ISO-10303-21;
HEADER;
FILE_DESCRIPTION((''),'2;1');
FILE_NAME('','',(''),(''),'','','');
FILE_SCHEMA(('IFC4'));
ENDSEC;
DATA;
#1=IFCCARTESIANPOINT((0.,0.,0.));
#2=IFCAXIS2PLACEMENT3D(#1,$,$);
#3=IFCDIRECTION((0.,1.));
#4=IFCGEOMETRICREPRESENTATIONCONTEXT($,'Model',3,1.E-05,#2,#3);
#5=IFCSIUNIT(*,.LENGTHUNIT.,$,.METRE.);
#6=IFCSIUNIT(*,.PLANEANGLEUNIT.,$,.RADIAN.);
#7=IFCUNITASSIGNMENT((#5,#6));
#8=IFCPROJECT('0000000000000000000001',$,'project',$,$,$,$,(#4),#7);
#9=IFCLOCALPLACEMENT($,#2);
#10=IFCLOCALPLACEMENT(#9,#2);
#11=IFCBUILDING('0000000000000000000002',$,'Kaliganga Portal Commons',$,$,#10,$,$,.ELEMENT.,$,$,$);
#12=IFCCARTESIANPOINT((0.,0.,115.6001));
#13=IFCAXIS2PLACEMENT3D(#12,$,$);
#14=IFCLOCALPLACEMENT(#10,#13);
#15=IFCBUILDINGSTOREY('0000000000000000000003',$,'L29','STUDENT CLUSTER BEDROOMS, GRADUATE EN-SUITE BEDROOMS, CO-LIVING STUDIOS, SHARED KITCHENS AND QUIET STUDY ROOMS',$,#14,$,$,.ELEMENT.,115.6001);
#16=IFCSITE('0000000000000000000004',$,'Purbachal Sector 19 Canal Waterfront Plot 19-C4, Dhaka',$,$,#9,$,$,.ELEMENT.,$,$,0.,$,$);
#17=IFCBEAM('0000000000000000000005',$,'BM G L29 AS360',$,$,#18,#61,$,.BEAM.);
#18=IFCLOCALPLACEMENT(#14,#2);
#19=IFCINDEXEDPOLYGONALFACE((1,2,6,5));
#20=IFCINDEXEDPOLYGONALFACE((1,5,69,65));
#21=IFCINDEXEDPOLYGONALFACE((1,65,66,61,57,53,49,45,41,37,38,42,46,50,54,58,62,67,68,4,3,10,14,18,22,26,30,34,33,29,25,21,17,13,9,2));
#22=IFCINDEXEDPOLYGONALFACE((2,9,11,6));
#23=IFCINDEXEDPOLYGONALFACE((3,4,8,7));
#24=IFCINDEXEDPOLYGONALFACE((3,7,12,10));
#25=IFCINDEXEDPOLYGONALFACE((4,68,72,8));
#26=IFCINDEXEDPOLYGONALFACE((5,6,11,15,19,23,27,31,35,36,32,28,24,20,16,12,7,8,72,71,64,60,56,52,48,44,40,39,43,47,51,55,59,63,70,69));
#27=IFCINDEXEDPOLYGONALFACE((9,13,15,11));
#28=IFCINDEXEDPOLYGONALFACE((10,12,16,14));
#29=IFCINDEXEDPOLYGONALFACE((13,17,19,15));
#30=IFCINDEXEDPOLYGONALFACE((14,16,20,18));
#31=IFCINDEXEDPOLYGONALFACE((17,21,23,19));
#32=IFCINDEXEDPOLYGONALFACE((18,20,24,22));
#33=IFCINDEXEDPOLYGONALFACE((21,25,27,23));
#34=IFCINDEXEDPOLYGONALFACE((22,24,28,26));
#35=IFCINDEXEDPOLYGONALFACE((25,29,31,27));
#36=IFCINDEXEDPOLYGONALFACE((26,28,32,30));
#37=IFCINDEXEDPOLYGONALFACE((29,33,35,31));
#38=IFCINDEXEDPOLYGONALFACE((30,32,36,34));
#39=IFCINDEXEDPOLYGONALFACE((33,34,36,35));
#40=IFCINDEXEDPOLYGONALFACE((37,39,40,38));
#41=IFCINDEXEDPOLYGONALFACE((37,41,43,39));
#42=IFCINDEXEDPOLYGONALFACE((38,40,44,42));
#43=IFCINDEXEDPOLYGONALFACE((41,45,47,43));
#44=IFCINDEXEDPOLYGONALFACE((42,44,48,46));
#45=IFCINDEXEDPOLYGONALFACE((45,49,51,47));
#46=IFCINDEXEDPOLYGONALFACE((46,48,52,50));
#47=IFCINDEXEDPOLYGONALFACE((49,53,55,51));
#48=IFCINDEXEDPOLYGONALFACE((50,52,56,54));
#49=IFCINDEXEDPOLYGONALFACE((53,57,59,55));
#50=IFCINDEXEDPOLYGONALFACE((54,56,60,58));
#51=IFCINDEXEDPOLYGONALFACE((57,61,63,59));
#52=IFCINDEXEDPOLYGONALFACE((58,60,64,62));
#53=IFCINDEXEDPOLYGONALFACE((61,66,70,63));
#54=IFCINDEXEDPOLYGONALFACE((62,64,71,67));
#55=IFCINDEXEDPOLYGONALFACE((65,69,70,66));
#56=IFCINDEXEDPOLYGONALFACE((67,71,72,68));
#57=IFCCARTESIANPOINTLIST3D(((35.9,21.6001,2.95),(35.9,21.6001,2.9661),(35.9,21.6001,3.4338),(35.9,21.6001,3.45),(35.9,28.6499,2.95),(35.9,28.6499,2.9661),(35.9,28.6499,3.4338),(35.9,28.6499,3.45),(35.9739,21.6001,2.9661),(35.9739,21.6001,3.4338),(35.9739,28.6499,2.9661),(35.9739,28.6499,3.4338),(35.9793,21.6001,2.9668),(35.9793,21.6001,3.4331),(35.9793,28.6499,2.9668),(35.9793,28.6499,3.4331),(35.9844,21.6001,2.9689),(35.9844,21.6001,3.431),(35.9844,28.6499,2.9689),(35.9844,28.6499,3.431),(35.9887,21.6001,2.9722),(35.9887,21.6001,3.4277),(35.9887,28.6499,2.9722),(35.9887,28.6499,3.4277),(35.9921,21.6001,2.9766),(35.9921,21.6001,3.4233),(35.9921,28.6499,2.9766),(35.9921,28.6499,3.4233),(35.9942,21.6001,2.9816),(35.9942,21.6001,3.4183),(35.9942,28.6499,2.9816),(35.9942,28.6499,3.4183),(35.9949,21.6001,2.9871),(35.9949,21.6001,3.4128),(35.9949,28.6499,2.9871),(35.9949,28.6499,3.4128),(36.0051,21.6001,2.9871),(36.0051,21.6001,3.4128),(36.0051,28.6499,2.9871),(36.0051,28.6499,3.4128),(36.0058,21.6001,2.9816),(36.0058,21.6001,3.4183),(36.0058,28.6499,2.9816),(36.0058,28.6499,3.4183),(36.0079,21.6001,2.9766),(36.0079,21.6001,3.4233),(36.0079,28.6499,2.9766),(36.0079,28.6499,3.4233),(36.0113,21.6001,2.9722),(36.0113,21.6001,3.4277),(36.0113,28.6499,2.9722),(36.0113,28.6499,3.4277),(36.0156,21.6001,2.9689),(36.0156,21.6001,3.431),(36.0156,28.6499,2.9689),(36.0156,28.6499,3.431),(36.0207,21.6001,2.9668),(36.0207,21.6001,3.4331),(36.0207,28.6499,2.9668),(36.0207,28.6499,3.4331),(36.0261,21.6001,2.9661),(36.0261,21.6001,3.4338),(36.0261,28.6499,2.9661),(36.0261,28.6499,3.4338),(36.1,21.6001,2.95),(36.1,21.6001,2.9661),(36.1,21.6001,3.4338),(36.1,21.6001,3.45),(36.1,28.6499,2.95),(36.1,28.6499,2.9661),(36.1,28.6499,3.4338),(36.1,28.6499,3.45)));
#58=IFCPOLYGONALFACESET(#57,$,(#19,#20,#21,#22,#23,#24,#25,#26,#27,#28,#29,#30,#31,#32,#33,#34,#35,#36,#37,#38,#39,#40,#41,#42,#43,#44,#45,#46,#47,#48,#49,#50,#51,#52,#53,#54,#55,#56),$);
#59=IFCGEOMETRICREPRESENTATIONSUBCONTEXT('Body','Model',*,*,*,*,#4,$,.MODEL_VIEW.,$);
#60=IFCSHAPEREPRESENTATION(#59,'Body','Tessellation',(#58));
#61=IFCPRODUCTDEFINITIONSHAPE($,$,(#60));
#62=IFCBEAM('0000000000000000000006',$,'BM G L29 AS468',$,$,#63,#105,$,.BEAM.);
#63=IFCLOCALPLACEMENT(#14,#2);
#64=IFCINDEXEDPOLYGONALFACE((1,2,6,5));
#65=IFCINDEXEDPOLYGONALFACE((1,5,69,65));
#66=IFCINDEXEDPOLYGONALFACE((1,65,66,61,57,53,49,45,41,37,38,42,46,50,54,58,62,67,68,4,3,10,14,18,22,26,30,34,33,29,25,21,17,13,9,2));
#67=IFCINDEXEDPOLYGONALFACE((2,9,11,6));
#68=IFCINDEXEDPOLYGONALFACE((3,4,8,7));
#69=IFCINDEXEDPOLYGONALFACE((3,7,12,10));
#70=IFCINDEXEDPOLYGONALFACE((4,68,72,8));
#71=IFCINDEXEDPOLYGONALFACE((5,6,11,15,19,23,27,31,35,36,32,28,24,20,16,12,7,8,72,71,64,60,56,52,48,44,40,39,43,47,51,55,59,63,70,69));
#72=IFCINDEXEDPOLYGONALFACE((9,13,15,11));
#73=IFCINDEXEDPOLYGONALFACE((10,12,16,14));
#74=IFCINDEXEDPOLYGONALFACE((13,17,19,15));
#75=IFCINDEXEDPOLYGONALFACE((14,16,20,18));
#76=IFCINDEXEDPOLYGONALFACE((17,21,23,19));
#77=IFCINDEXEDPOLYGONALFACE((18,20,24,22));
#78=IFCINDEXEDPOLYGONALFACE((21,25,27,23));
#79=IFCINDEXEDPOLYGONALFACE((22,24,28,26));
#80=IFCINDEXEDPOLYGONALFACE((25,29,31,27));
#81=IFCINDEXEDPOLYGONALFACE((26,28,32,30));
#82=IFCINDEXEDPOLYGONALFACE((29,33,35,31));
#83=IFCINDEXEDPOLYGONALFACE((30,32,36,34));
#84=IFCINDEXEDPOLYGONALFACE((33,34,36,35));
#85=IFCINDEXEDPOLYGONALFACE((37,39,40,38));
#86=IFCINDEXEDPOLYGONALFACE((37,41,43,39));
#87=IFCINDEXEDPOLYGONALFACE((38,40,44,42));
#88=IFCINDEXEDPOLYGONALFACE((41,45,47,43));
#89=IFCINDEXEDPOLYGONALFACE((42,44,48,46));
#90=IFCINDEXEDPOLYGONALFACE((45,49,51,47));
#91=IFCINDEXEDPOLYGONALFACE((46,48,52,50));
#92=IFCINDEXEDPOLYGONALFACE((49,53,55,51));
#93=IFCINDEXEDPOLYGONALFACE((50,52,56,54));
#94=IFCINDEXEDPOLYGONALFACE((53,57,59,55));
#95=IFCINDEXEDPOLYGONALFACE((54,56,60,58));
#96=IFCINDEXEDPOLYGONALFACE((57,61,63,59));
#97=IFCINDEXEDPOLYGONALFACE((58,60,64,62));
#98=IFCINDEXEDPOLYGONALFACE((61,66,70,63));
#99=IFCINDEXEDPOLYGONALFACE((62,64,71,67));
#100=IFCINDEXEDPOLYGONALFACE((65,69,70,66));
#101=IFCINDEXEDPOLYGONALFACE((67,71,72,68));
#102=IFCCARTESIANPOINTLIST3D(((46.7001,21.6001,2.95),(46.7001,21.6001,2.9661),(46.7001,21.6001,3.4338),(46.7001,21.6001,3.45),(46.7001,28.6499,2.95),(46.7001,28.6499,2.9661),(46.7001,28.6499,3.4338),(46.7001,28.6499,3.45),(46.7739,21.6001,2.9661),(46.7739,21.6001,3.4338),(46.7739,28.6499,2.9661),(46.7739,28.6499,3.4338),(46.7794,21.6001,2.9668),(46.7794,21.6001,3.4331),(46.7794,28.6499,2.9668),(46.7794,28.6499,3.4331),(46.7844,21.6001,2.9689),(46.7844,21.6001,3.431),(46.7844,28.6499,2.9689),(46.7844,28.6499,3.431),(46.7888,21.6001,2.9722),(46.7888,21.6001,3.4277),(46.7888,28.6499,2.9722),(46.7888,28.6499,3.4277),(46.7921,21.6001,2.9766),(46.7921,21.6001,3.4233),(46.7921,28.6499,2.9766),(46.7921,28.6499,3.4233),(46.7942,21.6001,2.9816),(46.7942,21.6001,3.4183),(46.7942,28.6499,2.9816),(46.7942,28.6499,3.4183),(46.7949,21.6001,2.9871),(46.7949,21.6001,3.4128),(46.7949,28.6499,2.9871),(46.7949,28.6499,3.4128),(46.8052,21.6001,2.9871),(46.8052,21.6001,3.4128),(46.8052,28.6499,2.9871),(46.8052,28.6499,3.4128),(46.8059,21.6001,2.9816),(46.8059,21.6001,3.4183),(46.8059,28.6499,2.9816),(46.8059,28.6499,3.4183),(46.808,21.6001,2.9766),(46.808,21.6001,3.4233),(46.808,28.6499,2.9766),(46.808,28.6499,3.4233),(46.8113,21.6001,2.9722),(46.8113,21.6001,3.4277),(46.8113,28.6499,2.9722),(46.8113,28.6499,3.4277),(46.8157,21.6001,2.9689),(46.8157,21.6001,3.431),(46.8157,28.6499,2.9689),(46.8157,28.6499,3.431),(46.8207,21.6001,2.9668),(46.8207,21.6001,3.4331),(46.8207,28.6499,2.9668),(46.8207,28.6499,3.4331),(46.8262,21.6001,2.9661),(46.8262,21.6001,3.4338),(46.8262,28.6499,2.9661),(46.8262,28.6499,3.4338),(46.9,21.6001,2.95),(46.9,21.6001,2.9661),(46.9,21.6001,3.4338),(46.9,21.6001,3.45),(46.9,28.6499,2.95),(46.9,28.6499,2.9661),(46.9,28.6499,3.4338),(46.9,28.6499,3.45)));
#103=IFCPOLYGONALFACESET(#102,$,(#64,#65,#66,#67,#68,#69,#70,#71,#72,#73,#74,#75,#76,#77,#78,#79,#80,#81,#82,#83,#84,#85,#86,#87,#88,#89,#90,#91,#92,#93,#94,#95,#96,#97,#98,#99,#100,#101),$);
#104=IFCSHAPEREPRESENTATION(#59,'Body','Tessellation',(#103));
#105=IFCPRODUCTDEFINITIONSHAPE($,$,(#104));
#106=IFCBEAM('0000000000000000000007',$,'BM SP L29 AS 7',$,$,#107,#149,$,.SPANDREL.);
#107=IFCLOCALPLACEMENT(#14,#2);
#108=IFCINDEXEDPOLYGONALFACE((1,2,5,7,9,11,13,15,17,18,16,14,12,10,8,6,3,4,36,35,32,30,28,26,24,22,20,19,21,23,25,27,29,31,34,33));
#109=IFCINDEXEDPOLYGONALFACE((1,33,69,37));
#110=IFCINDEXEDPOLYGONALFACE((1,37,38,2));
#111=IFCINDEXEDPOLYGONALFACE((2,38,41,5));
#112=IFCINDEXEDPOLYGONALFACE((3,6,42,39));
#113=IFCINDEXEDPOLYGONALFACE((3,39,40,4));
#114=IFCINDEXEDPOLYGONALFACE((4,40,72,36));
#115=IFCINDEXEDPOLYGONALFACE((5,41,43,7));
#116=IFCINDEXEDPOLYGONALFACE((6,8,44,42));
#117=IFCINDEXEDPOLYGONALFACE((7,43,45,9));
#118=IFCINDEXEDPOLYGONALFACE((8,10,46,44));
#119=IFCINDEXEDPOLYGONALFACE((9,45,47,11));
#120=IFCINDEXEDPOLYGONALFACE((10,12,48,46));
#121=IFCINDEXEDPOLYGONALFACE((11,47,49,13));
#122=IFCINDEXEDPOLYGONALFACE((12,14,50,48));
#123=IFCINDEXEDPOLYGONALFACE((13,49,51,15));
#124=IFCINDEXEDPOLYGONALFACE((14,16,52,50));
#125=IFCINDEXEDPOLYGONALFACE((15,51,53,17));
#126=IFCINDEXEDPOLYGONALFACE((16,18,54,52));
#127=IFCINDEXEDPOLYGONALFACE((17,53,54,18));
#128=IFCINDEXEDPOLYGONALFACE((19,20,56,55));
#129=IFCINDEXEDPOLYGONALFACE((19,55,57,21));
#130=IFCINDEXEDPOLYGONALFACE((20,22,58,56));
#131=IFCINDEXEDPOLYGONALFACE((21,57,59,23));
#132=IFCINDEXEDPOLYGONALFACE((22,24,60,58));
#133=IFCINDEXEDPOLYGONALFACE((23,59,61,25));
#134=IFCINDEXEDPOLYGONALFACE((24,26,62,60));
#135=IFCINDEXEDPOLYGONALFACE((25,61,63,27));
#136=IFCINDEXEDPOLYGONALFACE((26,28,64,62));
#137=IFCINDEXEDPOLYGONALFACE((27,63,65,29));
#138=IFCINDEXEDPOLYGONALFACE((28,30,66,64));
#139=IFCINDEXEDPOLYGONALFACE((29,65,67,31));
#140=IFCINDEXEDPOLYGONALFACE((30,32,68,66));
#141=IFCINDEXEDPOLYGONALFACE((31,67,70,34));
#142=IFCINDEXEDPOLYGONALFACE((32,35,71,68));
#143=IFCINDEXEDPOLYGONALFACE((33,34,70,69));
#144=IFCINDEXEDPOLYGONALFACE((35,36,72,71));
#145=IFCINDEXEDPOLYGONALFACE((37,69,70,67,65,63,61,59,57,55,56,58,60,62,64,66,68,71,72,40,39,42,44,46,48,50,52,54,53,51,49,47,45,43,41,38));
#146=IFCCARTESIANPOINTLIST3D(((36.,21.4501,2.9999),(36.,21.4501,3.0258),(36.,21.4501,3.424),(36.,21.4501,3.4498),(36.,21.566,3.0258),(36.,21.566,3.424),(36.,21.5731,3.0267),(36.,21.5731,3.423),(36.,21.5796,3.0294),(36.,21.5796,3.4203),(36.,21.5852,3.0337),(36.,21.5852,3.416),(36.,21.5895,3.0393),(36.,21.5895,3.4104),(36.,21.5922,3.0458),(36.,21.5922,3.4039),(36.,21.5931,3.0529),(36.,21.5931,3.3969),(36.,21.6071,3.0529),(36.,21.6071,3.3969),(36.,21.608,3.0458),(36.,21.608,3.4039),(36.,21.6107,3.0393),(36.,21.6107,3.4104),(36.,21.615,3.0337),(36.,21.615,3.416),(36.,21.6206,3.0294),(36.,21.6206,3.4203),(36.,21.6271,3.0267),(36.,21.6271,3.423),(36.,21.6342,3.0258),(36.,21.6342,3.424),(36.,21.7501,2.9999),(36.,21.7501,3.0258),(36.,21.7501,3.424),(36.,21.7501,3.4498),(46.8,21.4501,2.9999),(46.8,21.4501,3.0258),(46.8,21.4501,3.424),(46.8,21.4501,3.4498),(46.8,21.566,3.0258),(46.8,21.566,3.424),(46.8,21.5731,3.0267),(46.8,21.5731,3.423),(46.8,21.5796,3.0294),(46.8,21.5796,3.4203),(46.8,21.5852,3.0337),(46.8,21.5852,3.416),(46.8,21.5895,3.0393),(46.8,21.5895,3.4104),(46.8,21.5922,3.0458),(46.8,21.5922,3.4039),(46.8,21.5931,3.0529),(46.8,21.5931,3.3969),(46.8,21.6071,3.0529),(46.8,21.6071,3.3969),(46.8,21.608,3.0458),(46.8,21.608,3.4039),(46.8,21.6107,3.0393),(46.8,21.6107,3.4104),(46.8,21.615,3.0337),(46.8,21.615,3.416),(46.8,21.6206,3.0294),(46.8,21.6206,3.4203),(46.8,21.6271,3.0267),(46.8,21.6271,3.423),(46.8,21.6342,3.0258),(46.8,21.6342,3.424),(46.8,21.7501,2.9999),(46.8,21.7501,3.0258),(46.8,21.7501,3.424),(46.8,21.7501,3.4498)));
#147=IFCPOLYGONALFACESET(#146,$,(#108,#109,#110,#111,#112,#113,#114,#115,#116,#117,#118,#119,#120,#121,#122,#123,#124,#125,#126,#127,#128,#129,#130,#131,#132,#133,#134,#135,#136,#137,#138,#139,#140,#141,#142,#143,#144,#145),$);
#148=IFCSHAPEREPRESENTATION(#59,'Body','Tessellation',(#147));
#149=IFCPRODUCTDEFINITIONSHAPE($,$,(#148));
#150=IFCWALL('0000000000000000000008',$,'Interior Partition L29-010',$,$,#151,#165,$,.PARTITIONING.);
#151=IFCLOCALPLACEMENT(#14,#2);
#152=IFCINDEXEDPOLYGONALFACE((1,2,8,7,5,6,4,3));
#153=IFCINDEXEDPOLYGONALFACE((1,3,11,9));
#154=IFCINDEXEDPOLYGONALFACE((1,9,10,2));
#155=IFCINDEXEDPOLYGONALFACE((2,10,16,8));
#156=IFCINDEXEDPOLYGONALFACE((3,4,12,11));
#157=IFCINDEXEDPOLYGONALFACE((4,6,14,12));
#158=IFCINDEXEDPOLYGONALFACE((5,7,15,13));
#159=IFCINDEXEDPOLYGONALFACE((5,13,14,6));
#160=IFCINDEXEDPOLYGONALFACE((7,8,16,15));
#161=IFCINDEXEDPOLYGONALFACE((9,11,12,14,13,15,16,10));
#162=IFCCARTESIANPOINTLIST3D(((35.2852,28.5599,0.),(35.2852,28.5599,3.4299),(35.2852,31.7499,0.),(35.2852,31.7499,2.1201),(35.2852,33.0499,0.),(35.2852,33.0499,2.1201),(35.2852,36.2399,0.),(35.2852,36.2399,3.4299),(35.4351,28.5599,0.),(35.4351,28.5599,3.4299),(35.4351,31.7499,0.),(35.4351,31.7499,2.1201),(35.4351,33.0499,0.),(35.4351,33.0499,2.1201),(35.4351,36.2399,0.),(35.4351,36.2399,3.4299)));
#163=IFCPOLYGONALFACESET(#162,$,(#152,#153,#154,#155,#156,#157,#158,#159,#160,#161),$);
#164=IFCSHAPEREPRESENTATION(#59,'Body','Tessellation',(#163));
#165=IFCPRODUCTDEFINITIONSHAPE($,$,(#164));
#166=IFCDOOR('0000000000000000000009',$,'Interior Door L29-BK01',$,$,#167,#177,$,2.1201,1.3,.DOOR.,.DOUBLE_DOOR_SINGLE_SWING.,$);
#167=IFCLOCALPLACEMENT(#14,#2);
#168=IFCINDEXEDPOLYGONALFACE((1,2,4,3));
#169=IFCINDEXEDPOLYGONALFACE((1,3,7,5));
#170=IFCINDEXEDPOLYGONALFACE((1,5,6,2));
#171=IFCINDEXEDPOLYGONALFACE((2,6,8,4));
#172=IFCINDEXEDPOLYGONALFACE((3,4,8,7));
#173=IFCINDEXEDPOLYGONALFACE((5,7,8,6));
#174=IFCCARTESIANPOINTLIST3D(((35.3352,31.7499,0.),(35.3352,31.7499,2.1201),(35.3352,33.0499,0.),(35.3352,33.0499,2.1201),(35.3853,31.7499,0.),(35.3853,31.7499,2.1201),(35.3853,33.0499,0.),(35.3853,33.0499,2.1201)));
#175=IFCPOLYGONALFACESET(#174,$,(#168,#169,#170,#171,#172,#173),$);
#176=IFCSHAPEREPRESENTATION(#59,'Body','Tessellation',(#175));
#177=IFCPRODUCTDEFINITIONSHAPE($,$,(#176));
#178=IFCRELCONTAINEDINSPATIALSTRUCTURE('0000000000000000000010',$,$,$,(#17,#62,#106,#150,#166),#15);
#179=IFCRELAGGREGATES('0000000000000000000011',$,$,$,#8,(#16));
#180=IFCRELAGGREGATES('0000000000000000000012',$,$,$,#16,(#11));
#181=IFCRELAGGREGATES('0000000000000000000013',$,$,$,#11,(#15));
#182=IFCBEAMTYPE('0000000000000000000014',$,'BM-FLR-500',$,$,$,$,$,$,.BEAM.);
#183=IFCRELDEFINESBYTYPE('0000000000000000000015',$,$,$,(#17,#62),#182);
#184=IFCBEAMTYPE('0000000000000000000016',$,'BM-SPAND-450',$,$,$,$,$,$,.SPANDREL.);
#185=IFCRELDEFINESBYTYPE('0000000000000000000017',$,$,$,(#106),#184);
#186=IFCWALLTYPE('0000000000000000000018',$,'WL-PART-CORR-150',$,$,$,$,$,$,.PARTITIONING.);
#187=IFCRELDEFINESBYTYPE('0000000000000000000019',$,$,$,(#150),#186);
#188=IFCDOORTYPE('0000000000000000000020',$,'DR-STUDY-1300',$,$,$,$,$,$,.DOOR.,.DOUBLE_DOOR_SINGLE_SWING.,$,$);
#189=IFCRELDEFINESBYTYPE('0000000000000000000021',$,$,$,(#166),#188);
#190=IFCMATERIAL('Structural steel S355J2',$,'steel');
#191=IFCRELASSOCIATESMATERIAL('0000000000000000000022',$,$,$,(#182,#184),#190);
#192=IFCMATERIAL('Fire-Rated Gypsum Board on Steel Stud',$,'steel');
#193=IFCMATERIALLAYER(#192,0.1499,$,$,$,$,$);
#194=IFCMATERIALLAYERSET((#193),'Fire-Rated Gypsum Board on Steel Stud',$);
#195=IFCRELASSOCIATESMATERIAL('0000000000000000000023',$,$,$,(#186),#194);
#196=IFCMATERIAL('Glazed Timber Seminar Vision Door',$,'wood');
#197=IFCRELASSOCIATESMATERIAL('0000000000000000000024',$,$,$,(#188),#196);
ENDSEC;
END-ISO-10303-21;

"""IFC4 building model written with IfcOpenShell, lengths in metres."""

from ifc_helpers import new_model, si_unit, direction, frame, frame_2d, origin, origin_2d, place, context, subcontext, project, spatial, rectangle, i_section, extrude, source, transform, mapped, material, layer, layer_set, material_profile, profile_set, type_object, element, fill, save


model = new_model("IFC4")

# Units and contexts
model_context = context("Model", 3, precision=1e-05, world=origin(), true_north=direction((0.0, 1.0)))
body_context = subcontext(model_context, "Body", "Model", "MODEL_VIEW")
ifc_project = project(units=[si_unit("LENGTHUNIT", "METRE"), si_unit("PLANEANGLEUNIT", "RADIAN")], contexts=[model_context])

# Site, building, storey
site_placement = place(None, origin())
site = spatial("IfcSite", under=ifc_project, at=site_placement, Name="Purbachal Sector 19 Canal Waterfront Plot 19-C4, Dhaka", CompositionType="ELEMENT", RefElevation=0.0)
building_placement = place(site_placement, origin())
building = spatial("IfcBuilding", under=site, at=building_placement, Name="Kaliganga Portal Commons", CompositionType="ELEMENT")
storey_placement = place(building_placement, frame((0.0, 0.0, 115.6001)))
storey = spatial("IfcBuildingStorey", under=building, at=storey_placement, Name="L29", Description="STUDENT CLUSTER BEDROOMS, GRADUATE EN-SUITE BEDROOMS, CO-LIVING STUDIOS, SHARED KITCHENS AND QUIET STUDY ROOMS", CompositionType="ELEMENT", Elevation=115.6001)

# Beams
ifc_material_1 = material(Name="Structural steel S355J2", Category="steel")
ifc_material_profile_1 = material_profile(ifc_material_1, i_section(OverallWidth=0.2, OverallDepth=0.5, WebThickness=0.0103, FlangeThickness=0.0161, FilletRadius=0.021, at=origin_2d()), Name="IPE 500")
ifc_profile_set_1 = profile_set([ifc_material_profile_1], Name="Structural steel S355J2 wide-flange")
beam_type_1 = type_object("IfcBeamType", Name="BM-FLR-500", PredefinedType="BEAM", material=ifc_profile_set_1)
shared_shape_1 = source(origin(), body_context, "Body", "SweptSolid", [
    extrude(i_section(OverallWidth=0.2, OverallDepth=0.5, WebThickness=0.0103, FlangeThickness=0.0161, FilletRadius=0.021, at=origin_2d()), origin(), (0.0, 0.0, 1.0), 7.0498),
])
for number, where, z_axis, x_axis, name in (
    (1, (36.0, 21.6001, 3.2), (0.0, 1.0, 0.0), (-1.0, 0.0, 0.0), "BM G L29 AS360"),
    (2, (46.8, 21.6001, 3.2), (0.0, 1.0, 0.0), (-1.0, 0.0, 0.0), "BM G L29 AS468"),
):
    element("IfcBeam", number, at=place(storey_placement, frame(where, z_axis=z_axis, x_axis=x_axis)), inside=storey, type_object=beam_type_1, Name=name, PredefinedType="BEAM", context=body_context, shape_type="MappedRepresentation", body=[
        mapped(shared_shape_1, transform((0.0, 0.0, 0.0), x_axis=(1.0, 0.0, 0.0), y_axis=(0.0, 1.0, 0.0), z_axis=(0.0, 0.0, 1.0), scale=1.0)),
    ])
ifc_material_profile_2 = material_profile(ifc_material_1, i_section(OverallWidth=0.3, OverallDepth=0.45, WebThickness=0.0139, FlangeThickness=0.0259, FilletRadius=0.0271, at=origin_2d()), Name="HE 450 B")
ifc_profile_set_2 = profile_set([ifc_material_profile_2], Name="Structural steel S355J2 wide-flange")
beam_type_2 = type_object("IfcBeamType", Name="BM-SPAND-450", PredefinedType="SPANDREL", material=ifc_profile_set_2)
shared_shape_2 = source(origin(), body_context, "Body", "SweptSolid", [
    extrude(i_section(OverallWidth=0.3, OverallDepth=0.45, WebThickness=0.0139, FlangeThickness=0.0259, FilletRadius=0.0271, at=origin_2d()), origin(), (0.0, 0.0, 1.0), 10.8),
])
beam_1_placement = place(storey_placement, frame((36.0, 21.6001, 3.2249), z_axis=(1.0, 0.0, 0.0), x_axis=(0.0, 1.0, 0.0)))
element("IfcBeam", 3, at=beam_1_placement, inside=storey, type_object=beam_type_2, Name="BM SP L29 AS 7", PredefinedType="SPANDREL", context=body_context, shape_type="MappedRepresentation", body=[
    mapped(shared_shape_2, transform((0.0, 0.0, 0.0), x_axis=(1.0, 0.0, 0.0), y_axis=(0.0, 1.0, 0.0), z_axis=(0.0, 0.0, 1.0), scale=1.0)),
])

# Wall, opening, door
ifc_material_2 = material(Name="Fire-Rated Gypsum Board on Steel Stud", Category="steel")
ifc_layer_1 = layer(ifc_material_2, 0.1499)
ifc_layer_set_1 = layer_set([ifc_layer_1], Name="Fire-Rated Gypsum Board on Steel Stud")
wall_type_1 = type_object("IfcWallType", Name="WL-PART-CORR-150", PredefinedType="PARTITIONING", material=ifc_layer_set_1)
wall_1_placement = place(storey_placement, frame((35.3601, 28.5601, 0.0), z_axis=(0.0, 0.0, 1.0), x_axis=(0.0, 1.0, 0.0)))
wall_1 = element("IfcWall", 4, at=wall_1_placement, inside=storey, type_object=wall_type_1, Name="Interior Partition L29-010", PredefinedType="PARTITIONING", context=body_context, shape_type="SweptSolid", body=[
    extrude(rectangle(XDim=7.6799, YDim=0.1499, at=frame_2d((3.8398, 0.0))), origin(), (0.0, 0.0, 1.0), 3.4299),
])
opening_1_placement = place(wall_1_placement, frame((3.1899, 0.0, 0.0)))
opening_1 = element("IfcOpeningElement", 5, at=opening_1_placement, cuts=wall_1, PredefinedType="OPENING", context=body_context, shape_type="SweptSolid", body=[
    extrude(rectangle(XDim=1.3, YDim=2.1201, at=frame_2d((0.6499, 1.0601))), frame((0.0, 0.085, 0.0), z_axis=(0.0, -1.0, 0.0), x_axis=(1.0, 0.0, 0.0)), (0.0, 0.0, 1.0), 0.1699),
])
ifc_material_3 = material(Name="Glazed Timber Seminar Vision Door", Category="wood")
door_type_1 = type_object("IfcDoorType", Name="DR-STUDY-1300", OperationType="DOUBLE_DOOR_SINGLE_SWING", PredefinedType="DOOR", material=ifc_material_3)
door_1_placement = place(opening_1_placement, origin())
door_1 = element("IfcDoor", 6, at=door_1_placement, inside=storey, type_object=door_type_1, Name="Interior Door L29-BK01", OperationType="DOUBLE_DOOR_SINGLE_SWING", OverallHeight=2.1201, OverallWidth=1.3, PredefinedType="DOOR", context=body_context, shape_type="SweptSolid", body=[
    extrude(rectangle(XDim=1.3, YDim=2.1201, at=frame_2d((0.6499, 1.0601))), frame((0.0, 0.0249, 0.0), z_axis=(0.0, -1.0, 0.0), x_axis=(1.0, 0.0, 0.0)), (0.0, 0.0, 1.0), 0.05),
])
fill(opening_1, door_1)

save(model, "model.ifc")
